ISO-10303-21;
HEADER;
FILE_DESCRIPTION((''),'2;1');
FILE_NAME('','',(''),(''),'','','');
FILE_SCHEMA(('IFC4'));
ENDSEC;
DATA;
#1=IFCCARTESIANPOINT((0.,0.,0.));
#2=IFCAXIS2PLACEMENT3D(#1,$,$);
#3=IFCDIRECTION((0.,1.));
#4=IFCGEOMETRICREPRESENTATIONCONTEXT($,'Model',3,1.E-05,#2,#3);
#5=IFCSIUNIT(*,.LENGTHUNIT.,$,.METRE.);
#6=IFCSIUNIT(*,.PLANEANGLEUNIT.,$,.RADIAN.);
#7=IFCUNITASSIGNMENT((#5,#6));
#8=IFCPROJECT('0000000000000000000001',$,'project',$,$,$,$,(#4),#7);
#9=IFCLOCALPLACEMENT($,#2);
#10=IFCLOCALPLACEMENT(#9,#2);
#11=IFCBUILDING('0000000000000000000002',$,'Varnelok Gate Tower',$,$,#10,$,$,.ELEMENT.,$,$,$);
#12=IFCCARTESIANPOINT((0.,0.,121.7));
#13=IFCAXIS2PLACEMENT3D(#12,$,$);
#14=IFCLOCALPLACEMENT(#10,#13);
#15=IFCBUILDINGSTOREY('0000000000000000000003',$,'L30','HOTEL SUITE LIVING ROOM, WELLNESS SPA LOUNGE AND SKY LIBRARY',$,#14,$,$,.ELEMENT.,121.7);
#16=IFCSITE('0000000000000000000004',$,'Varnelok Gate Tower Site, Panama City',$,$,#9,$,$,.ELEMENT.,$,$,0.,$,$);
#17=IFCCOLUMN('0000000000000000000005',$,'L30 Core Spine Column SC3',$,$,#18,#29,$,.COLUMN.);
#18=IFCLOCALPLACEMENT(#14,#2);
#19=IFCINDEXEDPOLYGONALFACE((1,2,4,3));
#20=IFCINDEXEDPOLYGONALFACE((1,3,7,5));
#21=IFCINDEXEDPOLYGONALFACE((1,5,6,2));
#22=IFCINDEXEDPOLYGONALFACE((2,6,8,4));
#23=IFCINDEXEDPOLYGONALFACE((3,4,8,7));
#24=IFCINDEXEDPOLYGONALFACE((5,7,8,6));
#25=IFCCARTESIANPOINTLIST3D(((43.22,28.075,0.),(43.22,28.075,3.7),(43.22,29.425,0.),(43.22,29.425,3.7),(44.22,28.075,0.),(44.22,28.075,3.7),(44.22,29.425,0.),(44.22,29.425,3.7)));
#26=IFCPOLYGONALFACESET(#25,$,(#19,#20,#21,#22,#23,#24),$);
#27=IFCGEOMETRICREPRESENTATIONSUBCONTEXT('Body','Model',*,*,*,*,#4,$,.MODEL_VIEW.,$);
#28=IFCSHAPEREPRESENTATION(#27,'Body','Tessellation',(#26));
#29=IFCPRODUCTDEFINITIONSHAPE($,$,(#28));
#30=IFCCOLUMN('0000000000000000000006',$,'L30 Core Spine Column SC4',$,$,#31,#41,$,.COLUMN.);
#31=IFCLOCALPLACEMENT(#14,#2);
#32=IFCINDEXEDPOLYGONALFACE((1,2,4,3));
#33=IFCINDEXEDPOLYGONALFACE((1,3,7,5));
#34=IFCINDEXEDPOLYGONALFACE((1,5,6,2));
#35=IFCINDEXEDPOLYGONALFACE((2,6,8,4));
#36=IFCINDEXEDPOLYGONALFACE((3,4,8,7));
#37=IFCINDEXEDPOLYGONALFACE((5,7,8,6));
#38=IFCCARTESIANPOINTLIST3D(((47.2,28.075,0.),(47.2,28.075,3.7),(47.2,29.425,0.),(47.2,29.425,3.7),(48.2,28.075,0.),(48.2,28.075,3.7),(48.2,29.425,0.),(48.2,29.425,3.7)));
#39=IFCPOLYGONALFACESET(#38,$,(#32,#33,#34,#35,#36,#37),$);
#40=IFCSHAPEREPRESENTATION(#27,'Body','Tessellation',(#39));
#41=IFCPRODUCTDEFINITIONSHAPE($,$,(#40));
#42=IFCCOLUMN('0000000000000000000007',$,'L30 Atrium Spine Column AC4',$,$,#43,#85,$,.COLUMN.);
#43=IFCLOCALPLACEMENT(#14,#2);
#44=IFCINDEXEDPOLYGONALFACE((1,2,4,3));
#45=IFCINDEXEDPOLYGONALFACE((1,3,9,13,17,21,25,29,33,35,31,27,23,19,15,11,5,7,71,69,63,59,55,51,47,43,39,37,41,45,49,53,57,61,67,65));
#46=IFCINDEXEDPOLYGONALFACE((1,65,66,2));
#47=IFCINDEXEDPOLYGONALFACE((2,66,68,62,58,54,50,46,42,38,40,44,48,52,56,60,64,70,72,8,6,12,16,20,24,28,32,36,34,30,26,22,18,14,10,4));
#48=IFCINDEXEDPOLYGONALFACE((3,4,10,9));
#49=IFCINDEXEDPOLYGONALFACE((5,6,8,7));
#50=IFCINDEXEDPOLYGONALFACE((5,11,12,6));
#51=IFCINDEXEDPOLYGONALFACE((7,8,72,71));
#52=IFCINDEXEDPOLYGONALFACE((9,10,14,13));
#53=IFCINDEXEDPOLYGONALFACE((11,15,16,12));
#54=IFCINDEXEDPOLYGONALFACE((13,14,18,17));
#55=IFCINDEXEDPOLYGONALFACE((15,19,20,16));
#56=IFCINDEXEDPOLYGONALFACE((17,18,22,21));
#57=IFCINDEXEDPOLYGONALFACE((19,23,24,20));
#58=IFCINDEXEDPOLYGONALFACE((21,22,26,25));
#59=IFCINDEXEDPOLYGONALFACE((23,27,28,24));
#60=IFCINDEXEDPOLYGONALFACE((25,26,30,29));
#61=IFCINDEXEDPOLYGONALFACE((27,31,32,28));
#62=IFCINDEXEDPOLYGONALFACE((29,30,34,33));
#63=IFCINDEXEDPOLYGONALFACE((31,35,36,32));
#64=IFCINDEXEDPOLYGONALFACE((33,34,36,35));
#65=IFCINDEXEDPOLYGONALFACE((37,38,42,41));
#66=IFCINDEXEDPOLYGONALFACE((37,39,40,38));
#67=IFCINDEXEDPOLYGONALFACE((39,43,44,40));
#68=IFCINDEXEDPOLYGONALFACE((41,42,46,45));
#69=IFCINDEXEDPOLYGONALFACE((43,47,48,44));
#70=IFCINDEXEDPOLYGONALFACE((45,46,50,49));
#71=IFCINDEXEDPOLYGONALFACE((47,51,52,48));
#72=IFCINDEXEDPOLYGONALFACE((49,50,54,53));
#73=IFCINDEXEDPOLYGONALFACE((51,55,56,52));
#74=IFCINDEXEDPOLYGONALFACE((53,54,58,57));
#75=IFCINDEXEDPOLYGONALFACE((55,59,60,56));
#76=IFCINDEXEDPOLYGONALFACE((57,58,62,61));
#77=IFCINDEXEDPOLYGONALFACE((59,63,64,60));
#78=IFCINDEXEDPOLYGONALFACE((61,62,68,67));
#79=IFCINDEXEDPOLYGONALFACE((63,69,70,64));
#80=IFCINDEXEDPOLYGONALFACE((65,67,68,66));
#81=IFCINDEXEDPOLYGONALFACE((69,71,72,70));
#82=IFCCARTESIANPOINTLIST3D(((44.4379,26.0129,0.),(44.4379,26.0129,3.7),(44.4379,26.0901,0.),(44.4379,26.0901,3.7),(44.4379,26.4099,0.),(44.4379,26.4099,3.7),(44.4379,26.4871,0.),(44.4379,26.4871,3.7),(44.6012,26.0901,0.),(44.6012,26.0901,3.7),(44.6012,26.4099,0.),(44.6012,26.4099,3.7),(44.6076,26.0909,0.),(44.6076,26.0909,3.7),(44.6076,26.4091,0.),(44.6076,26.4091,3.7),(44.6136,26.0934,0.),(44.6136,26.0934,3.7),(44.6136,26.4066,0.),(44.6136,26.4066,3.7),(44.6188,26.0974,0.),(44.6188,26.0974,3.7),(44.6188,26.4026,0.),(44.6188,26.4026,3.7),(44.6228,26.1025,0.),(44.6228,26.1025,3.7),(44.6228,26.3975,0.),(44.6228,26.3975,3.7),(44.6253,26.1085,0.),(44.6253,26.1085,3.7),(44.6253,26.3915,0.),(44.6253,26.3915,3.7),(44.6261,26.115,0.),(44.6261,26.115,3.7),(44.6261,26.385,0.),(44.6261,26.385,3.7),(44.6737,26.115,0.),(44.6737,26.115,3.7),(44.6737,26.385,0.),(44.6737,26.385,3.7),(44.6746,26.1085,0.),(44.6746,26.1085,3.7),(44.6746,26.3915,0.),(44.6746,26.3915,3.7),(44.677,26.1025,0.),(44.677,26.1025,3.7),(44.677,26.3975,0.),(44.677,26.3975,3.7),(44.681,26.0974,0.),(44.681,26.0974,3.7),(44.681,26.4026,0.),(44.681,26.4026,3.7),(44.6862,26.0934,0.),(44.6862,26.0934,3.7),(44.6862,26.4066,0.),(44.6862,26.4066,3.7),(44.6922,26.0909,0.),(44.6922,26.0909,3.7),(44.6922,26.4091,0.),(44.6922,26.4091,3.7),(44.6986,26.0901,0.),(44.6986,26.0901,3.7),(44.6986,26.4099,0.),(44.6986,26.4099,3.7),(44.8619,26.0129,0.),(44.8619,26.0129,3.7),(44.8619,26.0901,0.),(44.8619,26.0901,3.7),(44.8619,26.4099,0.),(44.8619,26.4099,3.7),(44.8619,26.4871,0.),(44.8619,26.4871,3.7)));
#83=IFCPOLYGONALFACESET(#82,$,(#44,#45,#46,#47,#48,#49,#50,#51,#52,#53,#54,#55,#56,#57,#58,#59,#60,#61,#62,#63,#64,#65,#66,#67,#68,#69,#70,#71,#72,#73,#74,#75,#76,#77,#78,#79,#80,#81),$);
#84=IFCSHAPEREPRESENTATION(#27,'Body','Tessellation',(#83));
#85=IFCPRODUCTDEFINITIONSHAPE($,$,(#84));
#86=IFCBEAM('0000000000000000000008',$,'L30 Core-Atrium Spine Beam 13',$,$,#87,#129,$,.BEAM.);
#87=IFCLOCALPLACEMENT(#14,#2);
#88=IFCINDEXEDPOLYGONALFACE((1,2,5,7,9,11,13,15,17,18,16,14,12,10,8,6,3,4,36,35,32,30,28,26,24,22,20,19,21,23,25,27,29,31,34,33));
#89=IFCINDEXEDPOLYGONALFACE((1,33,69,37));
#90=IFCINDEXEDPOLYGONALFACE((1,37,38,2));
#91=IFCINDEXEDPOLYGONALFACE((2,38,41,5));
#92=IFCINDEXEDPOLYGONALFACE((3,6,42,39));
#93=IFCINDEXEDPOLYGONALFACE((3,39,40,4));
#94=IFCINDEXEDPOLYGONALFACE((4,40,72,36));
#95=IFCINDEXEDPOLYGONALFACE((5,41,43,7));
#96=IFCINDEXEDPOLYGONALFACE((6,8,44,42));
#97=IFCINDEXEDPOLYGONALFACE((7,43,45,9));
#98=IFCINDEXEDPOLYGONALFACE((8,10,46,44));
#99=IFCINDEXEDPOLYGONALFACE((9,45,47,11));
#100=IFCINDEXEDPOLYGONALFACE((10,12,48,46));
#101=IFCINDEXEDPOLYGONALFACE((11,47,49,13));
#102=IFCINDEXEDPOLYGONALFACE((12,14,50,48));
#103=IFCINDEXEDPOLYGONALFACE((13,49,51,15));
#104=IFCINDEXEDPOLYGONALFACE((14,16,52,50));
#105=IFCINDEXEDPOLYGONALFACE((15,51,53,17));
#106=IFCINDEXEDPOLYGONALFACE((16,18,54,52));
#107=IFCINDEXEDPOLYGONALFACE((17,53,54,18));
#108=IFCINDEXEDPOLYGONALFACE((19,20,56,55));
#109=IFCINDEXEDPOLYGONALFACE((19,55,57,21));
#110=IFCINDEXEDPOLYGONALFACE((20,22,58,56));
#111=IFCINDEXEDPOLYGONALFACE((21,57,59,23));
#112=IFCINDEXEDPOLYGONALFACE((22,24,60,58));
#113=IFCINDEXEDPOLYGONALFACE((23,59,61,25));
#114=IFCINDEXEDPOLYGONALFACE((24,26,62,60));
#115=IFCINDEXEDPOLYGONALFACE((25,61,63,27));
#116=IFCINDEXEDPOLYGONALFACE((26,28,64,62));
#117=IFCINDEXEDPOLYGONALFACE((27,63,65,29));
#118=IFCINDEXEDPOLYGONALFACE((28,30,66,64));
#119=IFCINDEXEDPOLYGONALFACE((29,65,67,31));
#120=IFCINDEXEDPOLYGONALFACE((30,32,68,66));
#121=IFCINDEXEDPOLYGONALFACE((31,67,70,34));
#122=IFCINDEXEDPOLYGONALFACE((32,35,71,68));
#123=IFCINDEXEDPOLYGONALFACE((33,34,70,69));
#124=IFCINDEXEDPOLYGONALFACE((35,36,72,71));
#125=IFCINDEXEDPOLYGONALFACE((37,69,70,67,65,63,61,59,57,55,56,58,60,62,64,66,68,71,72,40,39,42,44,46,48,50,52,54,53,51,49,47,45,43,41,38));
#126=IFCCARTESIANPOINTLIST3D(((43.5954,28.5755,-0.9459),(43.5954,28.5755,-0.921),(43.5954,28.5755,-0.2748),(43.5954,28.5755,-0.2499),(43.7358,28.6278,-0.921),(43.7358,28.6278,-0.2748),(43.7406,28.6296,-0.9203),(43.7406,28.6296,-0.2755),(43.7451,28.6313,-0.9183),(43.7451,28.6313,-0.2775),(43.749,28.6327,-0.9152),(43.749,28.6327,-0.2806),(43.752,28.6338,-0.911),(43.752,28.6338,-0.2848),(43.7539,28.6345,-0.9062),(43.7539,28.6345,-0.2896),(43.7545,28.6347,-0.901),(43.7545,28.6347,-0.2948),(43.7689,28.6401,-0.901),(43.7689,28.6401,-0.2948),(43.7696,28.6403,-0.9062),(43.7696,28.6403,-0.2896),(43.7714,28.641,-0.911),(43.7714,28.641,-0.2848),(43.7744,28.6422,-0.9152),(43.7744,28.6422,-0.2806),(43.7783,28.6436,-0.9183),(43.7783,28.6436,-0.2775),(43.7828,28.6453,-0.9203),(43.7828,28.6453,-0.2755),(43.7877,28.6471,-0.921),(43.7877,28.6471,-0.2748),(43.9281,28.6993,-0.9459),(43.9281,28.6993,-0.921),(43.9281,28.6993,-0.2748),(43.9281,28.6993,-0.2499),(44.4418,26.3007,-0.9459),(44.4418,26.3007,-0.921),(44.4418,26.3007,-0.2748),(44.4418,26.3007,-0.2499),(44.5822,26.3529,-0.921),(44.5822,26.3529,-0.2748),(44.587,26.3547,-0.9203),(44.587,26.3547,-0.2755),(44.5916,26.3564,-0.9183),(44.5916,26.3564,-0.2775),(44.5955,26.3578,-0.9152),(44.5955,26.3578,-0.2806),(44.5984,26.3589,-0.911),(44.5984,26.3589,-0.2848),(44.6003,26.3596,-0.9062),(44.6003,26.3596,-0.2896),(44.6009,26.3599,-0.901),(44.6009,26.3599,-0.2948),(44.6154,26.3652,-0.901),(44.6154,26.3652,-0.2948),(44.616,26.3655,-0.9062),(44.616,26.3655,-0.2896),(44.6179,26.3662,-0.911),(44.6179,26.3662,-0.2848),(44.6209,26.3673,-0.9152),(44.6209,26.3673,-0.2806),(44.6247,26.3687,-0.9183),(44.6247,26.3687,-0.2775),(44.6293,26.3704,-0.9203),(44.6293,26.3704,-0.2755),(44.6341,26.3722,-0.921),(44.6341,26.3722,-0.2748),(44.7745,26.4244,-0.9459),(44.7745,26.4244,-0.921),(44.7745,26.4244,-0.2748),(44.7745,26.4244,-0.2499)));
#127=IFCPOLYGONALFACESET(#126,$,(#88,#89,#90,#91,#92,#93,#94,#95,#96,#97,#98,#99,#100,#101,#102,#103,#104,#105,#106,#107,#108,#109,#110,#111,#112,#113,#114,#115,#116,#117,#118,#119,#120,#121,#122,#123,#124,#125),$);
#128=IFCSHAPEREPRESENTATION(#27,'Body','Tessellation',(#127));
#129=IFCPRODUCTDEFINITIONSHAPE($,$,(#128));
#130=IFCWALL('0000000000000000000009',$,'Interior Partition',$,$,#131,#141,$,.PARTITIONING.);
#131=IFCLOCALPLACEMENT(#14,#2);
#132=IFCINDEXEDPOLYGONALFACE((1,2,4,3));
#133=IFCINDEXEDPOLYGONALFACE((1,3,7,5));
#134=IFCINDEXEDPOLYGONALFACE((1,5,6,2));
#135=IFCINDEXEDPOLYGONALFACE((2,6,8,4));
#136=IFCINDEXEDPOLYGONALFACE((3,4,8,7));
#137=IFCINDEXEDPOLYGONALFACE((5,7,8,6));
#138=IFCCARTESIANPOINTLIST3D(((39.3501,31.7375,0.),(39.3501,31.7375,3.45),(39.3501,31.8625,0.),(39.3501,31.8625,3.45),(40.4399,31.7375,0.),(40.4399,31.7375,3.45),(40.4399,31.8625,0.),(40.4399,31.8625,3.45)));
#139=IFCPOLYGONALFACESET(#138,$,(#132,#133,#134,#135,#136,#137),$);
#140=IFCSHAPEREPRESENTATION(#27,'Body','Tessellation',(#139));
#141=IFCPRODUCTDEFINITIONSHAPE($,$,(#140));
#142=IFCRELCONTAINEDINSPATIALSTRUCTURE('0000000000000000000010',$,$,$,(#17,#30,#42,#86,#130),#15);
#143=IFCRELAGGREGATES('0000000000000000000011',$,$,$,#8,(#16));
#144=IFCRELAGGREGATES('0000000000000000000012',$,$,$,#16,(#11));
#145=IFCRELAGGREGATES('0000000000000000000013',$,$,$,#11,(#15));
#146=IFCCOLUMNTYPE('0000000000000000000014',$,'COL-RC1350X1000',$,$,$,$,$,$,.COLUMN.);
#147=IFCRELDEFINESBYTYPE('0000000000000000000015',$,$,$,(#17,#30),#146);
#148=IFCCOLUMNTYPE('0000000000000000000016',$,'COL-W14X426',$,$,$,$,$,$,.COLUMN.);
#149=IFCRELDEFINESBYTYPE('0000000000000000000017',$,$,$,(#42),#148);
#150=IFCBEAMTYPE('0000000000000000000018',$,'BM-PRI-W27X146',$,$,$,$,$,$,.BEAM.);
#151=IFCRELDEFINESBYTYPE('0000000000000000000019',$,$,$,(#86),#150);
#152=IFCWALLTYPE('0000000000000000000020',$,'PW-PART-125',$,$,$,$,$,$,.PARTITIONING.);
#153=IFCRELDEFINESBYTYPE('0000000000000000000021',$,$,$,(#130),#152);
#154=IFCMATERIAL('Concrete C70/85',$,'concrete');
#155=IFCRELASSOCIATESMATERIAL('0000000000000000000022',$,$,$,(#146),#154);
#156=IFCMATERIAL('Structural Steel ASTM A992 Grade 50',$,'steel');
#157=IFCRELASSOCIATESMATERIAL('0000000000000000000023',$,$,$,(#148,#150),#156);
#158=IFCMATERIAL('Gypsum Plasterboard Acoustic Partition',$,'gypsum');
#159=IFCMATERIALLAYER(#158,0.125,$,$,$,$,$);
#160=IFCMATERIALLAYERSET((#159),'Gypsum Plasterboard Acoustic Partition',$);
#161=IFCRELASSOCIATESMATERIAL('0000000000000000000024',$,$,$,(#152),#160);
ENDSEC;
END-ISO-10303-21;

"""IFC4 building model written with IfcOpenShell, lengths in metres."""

from ifc_helpers import new_model, si_unit, direction, frame, frame_2d, origin, origin_2d, place, context, subcontext, project, spatial, rectangle, i_section, extrude, material, layer, layer_set, material_profile, profile_set, type_object, element, save


model = new_model("IFC4")

# Units and contexts
model_context = context("Model", 3, precision=1e-05, world=origin(), true_north=direction((0.0, 1.0)))
body_context = subcontext(model_context, "Body", "Model", "MODEL_VIEW")
ifc_project = project(units=[si_unit("LENGTHUNIT", "METRE"), si_unit("PLANEANGLEUNIT", "RADIAN")], contexts=[model_context])

# Site, building, storey
site_placement = place(None, origin())
site = spatial("IfcSite", under=ifc_project, at=site_placement, Name="Varnelok Gate Tower Site, Panama City", CompositionType="ELEMENT", RefElevation=0.0)
building_placement = place(site_placement, origin())
building = spatial("IfcBuilding", under=site, at=building_placement, Name="Varnelok Gate Tower", CompositionType="ELEMENT")
storey_placement = place(building_placement, frame((0.0, 0.0, 121.7)))
storey = spatial("IfcBuildingStorey", under=building, at=storey_placement, Name="L30", Description="HOTEL SUITE LIVING ROOM, WELLNESS SPA LOUNGE AND SKY LIBRARY", CompositionType="ELEMENT", Elevation=121.7)

# Columns
ifc_material_1 = material(Name="Concrete C70/85", Category="concrete")
ifc_material_profile_1 = material_profile(ifc_material_1, rectangle(XDim=1.0, YDim=1.3501, at=origin_2d()), Name="RC1350X1000")
ifc_profile_set_1 = profile_set([ifc_material_profile_1], Name="Concrete C70/85")
column_type_1 = type_object("IfcColumnType", Name="COL-RC1350X1000", PredefinedType="COLUMN", material=ifc_profile_set_1)
for number, where, z_axis, x_axis, name in (
    (1, (43.72, 28.75, 0.0), (0.0, 0.0, 1.0), (1.0, 0.0, 0.0), "L30 Core Spine Column SC3"),
    (2, (47.7, 28.75, 0.0), (0.0, 0.0, 1.0), (1.0, 0.0, 0.0), "L30 Core Spine Column SC4"),
):
    element("IfcColumn", number, at=place(storey_placement, frame(where, z_axis=z_axis, x_axis=x_axis)), inside=storey, type_object=column_type_1, Name=name, PredefinedType="COLUMN", context=body_context, shape_type="SweptSolid", body=[
        extrude(rectangle(XDim=1.0, YDim=1.3501, at=origin_2d()), origin(), (0.0, 0.0, 1.0), 3.7),
    ])
ifc_material_2 = material(Name="Structural Steel ASTM A992 Grade 50", Category="steel")
ifc_material_profile_2 = material_profile(ifc_material_2, i_section(OverallWidth=0.4241, OverallDepth=0.4741, WebThickness=0.0476, FlangeThickness=0.0771, FilletRadius=0.0249, at=origin_2d()), Name="W14X426")
ifc_profile_set_2 = profile_set([ifc_material_profile_2], Name="Structural Steel ASTM A992 Grade 50")
column_type_2 = type_object("IfcColumnType", Name="COL-W14X426", PredefinedType="COLUMN", material=ifc_profile_set_2)
column_placement = place(storey_placement, frame((44.6499, 26.25, 0.0), z_axis=(0.0, 0.0, 1.0), x_axis=(1.0, 0.0, 0.0)))
element("IfcColumn", 3, at=column_placement, inside=storey, type_object=column_type_2, Name="L30 Atrium Spine Column AC4", PredefinedType="COLUMN", context=body_context, shape_type="SweptSolid", body=[
    extrude(i_section(OverallWidth=0.4241, OverallDepth=0.4741, WebThickness=0.0476, FlangeThickness=0.0771, FilletRadius=0.0249, at=origin_2d()), origin(), (0.0, 0.0, 1.0), 3.7),
])

# Beam
ifc_material_profile_3 = material_profile(ifc_material_2, i_section(OverallWidth=0.355, OverallDepth=0.696, WebThickness=0.0154, FlangeThickness=0.0249, FilletRadius=0.02, at=origin_2d()), Name="W27X146")
ifc_profile_set_3 = profile_set([ifc_material_profile_3], Name="Structural Steel ASTM A992 Grade 50")
beam_type = type_object("IfcBeamType", Name="BM-PRI-W27X146", PredefinedType="BEAM", material=ifc_profile_set_3)
beam_placement = place(storey_placement, frame((44.6082, 26.3625, -0.5979), z_axis=(-0.348719, 0.937227, 0.0), x_axis=(-0.937227, -0.348719, 0.0)))
element("IfcBeam", 4, at=beam_placement, inside=storey, type_object=beam_type, Name="L30 Core-Atrium Spine Beam 13", PredefinedType="BEAM", context=body_context, shape_type="SweptSolid", body=[
    extrude(i_section(OverallWidth=0.355, OverallDepth=0.696, WebThickness=0.0154, FlangeThickness=0.0249, FilletRadius=0.02, at=origin_2d()), origin(), (0.0, 0.0, 1.0), 2.4272),
])

# Wall
ifc_material_3 = material(Name="Gypsum Plasterboard Acoustic Partition", Category="gypsum")
ifc_layer_1 = layer(ifc_material_3, 0.125)
ifc_layer_set_1 = layer_set([ifc_layer_1], Name="Gypsum Plasterboard Acoustic Partition")
wall_type_1 = type_object("IfcWallType", Name="PW-PART-125", PredefinedType="PARTITIONING", material=ifc_layer_set_1)
wall_1_placement = place(storey_placement, frame((39.3501, 31.8, 0.0), z_axis=(0.0, 0.0, 1.0), x_axis=(1.0, 0.0, 0.0)))
element("IfcWall", 5, at=wall_1_placement, inside=storey, type_object=wall_type_1, Name="Interior Partition", PredefinedType="PARTITIONING", context=body_context, shape_type="SweptSolid", body=[
    extrude(rectangle(XDim=1.0898, YDim=0.125, at=frame_2d((0.5449, 0.0))), origin(), (0.0, 0.0, 1.0), 3.45),
])

save(model, "model.ifc")
